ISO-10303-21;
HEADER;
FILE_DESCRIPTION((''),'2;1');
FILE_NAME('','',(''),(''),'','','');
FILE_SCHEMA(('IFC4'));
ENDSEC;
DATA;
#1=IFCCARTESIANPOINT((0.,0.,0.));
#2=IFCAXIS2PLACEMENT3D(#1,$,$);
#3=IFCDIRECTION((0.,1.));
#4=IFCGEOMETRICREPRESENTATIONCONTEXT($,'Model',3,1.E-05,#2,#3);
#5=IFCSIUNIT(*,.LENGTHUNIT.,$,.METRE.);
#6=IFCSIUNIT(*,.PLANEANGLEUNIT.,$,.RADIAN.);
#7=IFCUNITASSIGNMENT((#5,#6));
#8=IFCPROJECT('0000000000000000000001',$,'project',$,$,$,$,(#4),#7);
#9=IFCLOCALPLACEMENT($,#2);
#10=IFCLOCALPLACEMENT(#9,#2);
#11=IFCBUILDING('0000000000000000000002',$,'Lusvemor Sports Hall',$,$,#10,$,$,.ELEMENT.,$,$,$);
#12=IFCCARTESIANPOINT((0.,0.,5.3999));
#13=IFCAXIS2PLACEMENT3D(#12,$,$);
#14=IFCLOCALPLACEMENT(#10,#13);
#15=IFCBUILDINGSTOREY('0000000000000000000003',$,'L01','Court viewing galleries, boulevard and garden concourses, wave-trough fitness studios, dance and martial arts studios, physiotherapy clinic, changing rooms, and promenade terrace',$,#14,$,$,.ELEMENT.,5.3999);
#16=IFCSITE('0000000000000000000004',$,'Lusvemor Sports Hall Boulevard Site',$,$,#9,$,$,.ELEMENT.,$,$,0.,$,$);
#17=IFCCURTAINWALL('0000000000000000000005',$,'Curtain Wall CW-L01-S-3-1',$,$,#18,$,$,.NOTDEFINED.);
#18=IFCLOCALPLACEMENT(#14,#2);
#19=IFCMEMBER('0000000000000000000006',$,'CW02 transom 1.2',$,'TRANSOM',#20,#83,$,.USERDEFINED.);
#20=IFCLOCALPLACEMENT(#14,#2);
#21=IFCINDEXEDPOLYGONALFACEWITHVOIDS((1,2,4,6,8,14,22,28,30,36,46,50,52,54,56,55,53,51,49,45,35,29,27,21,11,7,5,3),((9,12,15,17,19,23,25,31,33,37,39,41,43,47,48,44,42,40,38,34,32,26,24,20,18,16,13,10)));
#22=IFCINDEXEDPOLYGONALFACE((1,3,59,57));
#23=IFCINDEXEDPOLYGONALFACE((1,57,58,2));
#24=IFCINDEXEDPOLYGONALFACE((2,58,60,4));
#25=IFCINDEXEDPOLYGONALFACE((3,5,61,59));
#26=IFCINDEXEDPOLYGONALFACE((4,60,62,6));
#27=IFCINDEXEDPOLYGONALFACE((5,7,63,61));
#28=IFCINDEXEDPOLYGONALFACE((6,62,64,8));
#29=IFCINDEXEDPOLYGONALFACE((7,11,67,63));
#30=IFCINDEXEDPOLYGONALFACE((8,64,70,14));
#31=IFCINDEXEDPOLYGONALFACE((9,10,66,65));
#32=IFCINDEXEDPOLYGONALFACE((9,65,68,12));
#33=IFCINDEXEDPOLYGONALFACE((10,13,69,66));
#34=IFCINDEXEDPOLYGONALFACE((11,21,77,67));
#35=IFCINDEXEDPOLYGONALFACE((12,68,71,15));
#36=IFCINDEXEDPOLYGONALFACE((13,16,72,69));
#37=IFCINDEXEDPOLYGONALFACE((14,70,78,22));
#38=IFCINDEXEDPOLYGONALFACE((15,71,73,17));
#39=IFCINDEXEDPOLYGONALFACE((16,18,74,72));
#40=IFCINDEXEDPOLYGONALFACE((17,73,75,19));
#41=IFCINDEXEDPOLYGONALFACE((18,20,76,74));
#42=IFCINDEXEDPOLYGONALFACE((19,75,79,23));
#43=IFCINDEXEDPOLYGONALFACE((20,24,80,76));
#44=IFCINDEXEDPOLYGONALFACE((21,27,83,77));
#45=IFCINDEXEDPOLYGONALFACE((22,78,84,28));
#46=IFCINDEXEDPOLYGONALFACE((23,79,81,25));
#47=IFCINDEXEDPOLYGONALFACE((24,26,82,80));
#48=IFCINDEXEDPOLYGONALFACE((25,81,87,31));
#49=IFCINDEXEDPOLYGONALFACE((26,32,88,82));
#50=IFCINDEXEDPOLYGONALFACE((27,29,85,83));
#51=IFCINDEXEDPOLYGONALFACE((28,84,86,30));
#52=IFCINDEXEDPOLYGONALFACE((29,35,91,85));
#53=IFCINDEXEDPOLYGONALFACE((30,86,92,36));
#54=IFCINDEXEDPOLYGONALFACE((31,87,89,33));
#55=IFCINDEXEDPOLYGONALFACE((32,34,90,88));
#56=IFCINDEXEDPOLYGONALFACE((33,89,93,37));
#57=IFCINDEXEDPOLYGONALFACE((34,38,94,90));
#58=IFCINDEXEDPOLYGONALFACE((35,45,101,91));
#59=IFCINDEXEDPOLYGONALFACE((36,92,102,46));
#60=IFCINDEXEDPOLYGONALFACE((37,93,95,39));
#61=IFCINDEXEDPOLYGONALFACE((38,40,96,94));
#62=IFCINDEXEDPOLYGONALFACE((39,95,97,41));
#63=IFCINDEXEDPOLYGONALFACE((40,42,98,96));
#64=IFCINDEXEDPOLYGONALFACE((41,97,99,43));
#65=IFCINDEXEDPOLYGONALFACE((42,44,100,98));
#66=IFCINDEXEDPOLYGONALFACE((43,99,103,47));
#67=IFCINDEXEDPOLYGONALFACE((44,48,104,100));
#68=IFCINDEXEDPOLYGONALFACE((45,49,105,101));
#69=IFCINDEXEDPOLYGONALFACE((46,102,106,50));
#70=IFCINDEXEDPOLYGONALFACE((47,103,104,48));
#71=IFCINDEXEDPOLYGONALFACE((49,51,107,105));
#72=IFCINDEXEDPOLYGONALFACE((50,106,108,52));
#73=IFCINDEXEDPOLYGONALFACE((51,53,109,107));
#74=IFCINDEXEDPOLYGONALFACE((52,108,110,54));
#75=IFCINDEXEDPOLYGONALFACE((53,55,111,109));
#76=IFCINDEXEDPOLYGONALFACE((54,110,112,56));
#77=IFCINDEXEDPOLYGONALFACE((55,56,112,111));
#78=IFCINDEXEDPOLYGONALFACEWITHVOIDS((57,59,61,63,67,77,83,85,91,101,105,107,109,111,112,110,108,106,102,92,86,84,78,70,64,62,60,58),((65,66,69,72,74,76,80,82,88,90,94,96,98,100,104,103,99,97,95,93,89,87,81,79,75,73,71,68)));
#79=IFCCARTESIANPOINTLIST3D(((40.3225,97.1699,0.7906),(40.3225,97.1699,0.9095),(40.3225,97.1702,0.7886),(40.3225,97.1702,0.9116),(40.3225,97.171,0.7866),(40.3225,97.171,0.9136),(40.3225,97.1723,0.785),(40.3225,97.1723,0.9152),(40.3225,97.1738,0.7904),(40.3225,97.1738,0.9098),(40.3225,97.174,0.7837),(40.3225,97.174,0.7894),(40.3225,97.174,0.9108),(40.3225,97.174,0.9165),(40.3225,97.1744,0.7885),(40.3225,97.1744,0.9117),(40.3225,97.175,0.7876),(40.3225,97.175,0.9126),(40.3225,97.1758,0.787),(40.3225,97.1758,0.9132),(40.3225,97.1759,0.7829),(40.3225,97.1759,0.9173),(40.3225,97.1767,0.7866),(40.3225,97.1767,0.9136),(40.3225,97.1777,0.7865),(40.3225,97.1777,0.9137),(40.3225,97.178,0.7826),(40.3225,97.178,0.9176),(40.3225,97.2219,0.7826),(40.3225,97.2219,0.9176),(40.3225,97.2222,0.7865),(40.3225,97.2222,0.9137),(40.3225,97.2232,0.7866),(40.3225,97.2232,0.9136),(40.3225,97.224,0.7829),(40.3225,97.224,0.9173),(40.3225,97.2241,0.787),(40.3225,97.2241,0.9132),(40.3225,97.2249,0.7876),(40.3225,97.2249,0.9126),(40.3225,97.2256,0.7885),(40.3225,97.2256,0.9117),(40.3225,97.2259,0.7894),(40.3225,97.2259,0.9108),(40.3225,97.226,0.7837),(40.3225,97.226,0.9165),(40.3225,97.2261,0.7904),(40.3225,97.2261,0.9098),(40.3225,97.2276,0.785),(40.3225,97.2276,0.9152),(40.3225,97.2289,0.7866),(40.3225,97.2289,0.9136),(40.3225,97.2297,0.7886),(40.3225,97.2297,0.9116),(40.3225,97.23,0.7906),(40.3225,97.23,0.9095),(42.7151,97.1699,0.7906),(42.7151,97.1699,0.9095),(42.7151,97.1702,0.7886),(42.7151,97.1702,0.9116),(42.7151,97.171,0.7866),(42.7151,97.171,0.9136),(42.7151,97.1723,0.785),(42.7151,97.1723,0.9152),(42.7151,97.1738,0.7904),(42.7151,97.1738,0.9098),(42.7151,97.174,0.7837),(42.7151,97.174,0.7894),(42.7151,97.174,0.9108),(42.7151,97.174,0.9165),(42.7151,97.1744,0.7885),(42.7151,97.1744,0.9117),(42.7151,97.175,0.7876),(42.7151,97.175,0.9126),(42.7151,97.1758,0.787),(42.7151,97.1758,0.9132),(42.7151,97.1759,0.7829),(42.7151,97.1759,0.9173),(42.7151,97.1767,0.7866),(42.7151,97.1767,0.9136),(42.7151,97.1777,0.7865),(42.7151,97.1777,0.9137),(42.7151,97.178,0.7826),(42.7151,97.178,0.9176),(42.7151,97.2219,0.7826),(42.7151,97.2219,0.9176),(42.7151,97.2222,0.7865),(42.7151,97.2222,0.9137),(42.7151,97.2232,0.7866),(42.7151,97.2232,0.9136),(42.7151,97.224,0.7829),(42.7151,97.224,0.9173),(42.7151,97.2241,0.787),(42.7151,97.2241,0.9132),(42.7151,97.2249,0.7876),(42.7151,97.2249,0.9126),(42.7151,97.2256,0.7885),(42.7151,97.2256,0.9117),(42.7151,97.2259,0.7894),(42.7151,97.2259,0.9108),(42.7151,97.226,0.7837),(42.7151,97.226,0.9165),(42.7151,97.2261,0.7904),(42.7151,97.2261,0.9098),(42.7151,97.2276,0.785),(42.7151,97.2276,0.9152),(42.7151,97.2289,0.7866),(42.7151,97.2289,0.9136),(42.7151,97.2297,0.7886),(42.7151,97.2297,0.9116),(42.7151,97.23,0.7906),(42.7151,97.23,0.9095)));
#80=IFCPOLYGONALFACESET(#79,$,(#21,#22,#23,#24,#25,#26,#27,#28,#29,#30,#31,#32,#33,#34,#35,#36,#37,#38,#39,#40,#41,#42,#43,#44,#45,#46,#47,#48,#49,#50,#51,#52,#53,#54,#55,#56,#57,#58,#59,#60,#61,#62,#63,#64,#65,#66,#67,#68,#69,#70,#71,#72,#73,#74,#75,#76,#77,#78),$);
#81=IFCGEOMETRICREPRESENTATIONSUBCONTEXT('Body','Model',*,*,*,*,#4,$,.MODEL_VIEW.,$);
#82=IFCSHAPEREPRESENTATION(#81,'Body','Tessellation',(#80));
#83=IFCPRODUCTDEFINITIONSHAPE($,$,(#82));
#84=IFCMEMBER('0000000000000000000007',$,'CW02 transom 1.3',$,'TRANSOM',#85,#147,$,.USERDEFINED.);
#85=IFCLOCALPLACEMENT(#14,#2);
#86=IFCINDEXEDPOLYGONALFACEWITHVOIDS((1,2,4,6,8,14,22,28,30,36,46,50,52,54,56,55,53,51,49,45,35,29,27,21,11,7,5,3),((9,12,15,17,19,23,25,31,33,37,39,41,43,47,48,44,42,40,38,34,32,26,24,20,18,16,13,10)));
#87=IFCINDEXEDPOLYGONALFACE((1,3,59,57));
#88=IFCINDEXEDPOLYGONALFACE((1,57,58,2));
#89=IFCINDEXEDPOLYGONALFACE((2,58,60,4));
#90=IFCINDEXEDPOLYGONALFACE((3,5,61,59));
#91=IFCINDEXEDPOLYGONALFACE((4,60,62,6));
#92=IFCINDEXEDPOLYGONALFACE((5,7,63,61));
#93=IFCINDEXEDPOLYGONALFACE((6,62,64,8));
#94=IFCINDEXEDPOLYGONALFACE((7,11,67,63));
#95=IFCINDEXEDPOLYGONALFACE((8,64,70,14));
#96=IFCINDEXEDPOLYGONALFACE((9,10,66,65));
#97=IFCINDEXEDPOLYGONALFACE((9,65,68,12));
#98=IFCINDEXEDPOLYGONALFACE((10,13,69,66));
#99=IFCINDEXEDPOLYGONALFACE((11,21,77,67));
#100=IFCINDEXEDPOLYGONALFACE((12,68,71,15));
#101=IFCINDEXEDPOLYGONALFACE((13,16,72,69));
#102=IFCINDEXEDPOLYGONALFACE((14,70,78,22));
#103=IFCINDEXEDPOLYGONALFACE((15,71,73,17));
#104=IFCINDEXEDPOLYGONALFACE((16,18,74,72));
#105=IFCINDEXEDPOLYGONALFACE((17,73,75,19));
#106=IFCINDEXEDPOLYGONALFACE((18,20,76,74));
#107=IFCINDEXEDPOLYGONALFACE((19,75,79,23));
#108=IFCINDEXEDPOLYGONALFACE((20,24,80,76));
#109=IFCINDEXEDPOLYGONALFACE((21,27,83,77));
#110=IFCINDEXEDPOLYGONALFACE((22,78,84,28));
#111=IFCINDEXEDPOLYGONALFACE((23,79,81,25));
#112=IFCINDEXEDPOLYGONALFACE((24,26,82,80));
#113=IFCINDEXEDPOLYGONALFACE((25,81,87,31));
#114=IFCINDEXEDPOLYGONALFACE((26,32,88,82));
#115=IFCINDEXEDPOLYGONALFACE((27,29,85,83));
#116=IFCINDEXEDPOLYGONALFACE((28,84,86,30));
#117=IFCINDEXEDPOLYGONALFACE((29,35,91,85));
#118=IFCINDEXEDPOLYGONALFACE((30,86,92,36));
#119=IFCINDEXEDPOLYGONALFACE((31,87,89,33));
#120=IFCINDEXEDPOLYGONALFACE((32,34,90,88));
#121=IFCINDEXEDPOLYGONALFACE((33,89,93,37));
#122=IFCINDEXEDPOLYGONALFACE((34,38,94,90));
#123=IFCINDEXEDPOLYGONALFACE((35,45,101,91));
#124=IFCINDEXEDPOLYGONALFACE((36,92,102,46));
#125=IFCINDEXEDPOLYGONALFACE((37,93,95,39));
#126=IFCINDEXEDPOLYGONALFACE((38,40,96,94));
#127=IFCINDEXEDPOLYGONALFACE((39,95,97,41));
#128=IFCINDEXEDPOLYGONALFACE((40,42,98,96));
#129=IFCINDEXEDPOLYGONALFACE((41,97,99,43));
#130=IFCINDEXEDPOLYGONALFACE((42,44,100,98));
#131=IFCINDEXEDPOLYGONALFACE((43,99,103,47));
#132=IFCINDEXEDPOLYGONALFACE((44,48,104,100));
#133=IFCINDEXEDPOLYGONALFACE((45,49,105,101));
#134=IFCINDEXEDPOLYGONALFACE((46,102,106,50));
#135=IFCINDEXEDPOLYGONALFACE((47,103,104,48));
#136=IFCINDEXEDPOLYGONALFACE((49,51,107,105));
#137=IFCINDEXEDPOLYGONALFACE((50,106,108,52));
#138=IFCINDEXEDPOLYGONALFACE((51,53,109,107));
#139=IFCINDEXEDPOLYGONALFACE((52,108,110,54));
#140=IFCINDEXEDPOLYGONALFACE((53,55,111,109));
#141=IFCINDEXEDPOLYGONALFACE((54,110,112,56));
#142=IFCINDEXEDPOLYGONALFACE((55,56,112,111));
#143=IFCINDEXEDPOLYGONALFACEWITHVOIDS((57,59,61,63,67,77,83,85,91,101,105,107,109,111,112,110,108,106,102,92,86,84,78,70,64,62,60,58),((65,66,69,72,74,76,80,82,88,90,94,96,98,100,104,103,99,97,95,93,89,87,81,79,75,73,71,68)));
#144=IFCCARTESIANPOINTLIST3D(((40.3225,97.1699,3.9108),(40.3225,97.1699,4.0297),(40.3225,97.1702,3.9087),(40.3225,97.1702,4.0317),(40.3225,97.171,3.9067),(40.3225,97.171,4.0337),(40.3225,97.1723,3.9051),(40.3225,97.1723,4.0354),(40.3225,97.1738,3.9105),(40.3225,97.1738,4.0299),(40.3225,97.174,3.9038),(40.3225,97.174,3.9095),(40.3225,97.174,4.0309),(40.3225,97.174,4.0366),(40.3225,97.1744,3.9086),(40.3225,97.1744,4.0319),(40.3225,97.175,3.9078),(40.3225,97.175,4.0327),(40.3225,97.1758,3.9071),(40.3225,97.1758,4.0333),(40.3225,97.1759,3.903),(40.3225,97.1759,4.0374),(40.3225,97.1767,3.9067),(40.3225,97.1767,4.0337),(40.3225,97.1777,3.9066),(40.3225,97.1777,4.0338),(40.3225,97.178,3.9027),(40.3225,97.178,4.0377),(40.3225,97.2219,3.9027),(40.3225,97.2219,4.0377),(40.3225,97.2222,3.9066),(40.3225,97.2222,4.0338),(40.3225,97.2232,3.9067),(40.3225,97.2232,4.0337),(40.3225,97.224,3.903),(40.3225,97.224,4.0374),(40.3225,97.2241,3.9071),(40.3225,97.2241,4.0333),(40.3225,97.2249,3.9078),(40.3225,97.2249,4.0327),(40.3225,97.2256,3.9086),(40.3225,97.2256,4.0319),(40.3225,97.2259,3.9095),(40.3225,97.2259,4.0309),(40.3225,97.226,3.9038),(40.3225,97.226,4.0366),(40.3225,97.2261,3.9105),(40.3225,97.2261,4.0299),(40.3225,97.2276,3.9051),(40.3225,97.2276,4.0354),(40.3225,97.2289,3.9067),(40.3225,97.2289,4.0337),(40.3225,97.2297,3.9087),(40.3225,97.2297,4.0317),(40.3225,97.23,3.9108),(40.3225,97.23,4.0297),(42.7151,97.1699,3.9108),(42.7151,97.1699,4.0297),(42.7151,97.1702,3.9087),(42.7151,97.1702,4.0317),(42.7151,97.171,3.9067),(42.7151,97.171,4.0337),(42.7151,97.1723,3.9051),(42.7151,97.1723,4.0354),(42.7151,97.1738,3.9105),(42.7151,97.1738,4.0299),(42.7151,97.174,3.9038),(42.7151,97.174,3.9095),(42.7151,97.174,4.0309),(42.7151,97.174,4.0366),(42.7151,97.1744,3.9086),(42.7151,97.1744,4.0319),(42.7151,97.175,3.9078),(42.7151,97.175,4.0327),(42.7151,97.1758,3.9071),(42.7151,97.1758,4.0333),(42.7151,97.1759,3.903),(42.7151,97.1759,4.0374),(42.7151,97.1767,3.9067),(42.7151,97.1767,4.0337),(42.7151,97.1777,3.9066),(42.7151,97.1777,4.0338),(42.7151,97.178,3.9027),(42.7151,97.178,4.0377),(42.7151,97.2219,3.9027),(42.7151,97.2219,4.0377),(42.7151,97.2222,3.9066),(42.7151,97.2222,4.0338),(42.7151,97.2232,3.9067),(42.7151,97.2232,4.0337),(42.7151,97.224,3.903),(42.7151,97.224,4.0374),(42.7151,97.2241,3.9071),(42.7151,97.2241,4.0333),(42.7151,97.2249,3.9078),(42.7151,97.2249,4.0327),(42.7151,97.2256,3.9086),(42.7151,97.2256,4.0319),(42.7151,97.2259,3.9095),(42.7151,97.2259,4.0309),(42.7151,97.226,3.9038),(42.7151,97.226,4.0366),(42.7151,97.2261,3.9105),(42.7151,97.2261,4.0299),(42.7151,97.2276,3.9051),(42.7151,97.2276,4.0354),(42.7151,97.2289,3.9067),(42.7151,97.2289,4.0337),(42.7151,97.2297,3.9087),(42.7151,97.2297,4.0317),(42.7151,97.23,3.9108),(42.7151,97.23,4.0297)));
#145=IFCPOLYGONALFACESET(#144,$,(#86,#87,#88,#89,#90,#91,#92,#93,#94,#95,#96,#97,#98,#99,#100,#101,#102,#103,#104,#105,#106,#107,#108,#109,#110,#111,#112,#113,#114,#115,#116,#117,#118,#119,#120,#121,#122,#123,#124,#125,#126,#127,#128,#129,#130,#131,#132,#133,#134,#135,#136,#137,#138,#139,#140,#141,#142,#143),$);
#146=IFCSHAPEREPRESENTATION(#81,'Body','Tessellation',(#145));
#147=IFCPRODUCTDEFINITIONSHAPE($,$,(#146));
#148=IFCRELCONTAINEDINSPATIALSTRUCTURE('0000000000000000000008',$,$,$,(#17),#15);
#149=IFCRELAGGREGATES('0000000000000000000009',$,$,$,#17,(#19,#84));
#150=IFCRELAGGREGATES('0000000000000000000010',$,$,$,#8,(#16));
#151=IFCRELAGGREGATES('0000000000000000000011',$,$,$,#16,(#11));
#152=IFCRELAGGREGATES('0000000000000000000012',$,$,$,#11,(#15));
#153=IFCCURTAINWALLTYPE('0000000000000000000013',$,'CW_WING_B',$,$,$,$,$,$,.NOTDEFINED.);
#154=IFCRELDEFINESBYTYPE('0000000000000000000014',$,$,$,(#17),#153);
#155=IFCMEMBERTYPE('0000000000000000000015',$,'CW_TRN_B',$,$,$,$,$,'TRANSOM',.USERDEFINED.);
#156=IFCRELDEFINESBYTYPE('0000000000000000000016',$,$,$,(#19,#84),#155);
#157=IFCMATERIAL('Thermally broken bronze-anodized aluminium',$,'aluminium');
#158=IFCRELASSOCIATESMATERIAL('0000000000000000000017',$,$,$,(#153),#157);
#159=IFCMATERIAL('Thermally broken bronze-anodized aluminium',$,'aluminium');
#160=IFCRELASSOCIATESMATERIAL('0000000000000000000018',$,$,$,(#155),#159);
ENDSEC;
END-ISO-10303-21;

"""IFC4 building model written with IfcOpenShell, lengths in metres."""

from ifc_helpers import new_model, si_unit, direction, frame, origin, origin_2d, place, context, subcontext, project, spatial, hollow_rectangle, extrude, material, material_profile, profile_set, type_object, element, aggregate, save


model = new_model("IFC4")

# Units and contexts
model_context = context("Model", 3, precision=1e-05, world=origin(), true_north=direction((0.0, 1.0)))
body_context = subcontext(model_context, "Body", "Model", "MODEL_VIEW")
ifc_project = project(units=[si_unit("LENGTHUNIT", "METRE"), si_unit("PLANEANGLEUNIT", "RADIAN")], contexts=[model_context])

# Site, building, storey
site_placement = place(None, origin())
site = spatial("IfcSite", under=ifc_project, at=site_placement, Name="Lusvemor Sports Hall Boulevard Site", CompositionType="ELEMENT", RefElevation=0.0)
building_placement = place(site_placement, origin())
building = spatial("IfcBuilding", under=site, at=building_placement, Name="Lusvemor Sports Hall", CompositionType="ELEMENT")
storey_placement = place(building_placement, frame((0.0, 0.0, 5.3999)))
storey = spatial("IfcBuildingStorey", under=building, at=storey_placement, Name="L01", Description="Court viewing galleries, boulevard and garden concourses, wave-trough fitness studios, dance and martial arts studios, physiotherapy clinic, changing rooms, and promenade terrace", CompositionType="ELEMENT", Elevation=5.3999)

# Curtain wall, members
ifc_material_1 = material(Name="Thermally broken bronze-anodized aluminium", Category="aluminium")
curtain_wall_type = type_object("IfcCurtainWallType", Name="CW_WING_B", PredefinedType="NOTDEFINED", material=ifc_material_1)
curtain_wall_placement = place(storey_placement, origin())
curtain_wall = element("IfcCurtainWall", 1, at=curtain_wall_placement, inside=storey, type_object=curtain_wall_type, Name="Curtain Wall CW-L01-S-3-1", PredefinedType="NOTDEFINED")
ifc_material_2 = material(Name="Thermally broken bronze-anodized aluminium", Category="aluminium")
ifc_material_profile_1 = material_profile(ifc_material_2, hollow_rectangle(XDim=0.0601, YDim=0.135, WallThickness=0.0039, InnerFilletRadius=0.0039, OuterFilletRadius=0.0081, at=origin_2d()), Name="CWTRN135x60x4")
ifc_profile_set_1 = profile_set([ifc_material_profile_1], Name="Thermally broken bronze-anodized aluminium")
member_type_1 = type_object("IfcMemberType", Name="CW_TRN_B", ElementType="TRANSOM", PredefinedType="USERDEFINED", material=ifc_profile_set_1)
member_1_placement = place(storey_placement, frame((42.7151, 97.2, 0.8501), z_axis=(-1.0, 0.0, 0.0), x_axis=(0.0, -1.0, 0.0)))
member_1 = element("IfcMember", 2, at=member_1_placement, type_object=member_type_1, Name="CW02 transom 1.2", ObjectType="TRANSOM", PredefinedType="USERDEFINED", context=body_context, shape_type="SweptSolid", body=[
    extrude(hollow_rectangle(XDim=0.0601, YDim=0.135, WallThickness=0.0039, InnerFilletRadius=0.0039, OuterFilletRadius=0.0081, at=origin_2d()), origin(), (0.0, 0.0, 1.0), 2.3926),
])
member_2_placement = place(storey_placement, frame((42.7151, 97.2, 3.9702), z_axis=(-1.0, 0.0, 0.0), x_axis=(0.0, -1.0, 0.0)))
member_2 = element("IfcMember", 3, at=member_2_placement, type_object=member_type_1, Name="CW02 transom 1.3", ObjectType="TRANSOM", PredefinedType="USERDEFINED", context=body_context, shape_type="SweptSolid", body=[
    extrude(hollow_rectangle(XDim=0.0601, YDim=0.135, WallThickness=0.0039, InnerFilletRadius=0.0039, OuterFilletRadius=0.0081, at=origin_2d()), origin(), (0.0, 0.0, 1.0), 2.3926),
])

aggregate(curtain_wall, [member_1, member_2])

save(model, "model.ifc")
